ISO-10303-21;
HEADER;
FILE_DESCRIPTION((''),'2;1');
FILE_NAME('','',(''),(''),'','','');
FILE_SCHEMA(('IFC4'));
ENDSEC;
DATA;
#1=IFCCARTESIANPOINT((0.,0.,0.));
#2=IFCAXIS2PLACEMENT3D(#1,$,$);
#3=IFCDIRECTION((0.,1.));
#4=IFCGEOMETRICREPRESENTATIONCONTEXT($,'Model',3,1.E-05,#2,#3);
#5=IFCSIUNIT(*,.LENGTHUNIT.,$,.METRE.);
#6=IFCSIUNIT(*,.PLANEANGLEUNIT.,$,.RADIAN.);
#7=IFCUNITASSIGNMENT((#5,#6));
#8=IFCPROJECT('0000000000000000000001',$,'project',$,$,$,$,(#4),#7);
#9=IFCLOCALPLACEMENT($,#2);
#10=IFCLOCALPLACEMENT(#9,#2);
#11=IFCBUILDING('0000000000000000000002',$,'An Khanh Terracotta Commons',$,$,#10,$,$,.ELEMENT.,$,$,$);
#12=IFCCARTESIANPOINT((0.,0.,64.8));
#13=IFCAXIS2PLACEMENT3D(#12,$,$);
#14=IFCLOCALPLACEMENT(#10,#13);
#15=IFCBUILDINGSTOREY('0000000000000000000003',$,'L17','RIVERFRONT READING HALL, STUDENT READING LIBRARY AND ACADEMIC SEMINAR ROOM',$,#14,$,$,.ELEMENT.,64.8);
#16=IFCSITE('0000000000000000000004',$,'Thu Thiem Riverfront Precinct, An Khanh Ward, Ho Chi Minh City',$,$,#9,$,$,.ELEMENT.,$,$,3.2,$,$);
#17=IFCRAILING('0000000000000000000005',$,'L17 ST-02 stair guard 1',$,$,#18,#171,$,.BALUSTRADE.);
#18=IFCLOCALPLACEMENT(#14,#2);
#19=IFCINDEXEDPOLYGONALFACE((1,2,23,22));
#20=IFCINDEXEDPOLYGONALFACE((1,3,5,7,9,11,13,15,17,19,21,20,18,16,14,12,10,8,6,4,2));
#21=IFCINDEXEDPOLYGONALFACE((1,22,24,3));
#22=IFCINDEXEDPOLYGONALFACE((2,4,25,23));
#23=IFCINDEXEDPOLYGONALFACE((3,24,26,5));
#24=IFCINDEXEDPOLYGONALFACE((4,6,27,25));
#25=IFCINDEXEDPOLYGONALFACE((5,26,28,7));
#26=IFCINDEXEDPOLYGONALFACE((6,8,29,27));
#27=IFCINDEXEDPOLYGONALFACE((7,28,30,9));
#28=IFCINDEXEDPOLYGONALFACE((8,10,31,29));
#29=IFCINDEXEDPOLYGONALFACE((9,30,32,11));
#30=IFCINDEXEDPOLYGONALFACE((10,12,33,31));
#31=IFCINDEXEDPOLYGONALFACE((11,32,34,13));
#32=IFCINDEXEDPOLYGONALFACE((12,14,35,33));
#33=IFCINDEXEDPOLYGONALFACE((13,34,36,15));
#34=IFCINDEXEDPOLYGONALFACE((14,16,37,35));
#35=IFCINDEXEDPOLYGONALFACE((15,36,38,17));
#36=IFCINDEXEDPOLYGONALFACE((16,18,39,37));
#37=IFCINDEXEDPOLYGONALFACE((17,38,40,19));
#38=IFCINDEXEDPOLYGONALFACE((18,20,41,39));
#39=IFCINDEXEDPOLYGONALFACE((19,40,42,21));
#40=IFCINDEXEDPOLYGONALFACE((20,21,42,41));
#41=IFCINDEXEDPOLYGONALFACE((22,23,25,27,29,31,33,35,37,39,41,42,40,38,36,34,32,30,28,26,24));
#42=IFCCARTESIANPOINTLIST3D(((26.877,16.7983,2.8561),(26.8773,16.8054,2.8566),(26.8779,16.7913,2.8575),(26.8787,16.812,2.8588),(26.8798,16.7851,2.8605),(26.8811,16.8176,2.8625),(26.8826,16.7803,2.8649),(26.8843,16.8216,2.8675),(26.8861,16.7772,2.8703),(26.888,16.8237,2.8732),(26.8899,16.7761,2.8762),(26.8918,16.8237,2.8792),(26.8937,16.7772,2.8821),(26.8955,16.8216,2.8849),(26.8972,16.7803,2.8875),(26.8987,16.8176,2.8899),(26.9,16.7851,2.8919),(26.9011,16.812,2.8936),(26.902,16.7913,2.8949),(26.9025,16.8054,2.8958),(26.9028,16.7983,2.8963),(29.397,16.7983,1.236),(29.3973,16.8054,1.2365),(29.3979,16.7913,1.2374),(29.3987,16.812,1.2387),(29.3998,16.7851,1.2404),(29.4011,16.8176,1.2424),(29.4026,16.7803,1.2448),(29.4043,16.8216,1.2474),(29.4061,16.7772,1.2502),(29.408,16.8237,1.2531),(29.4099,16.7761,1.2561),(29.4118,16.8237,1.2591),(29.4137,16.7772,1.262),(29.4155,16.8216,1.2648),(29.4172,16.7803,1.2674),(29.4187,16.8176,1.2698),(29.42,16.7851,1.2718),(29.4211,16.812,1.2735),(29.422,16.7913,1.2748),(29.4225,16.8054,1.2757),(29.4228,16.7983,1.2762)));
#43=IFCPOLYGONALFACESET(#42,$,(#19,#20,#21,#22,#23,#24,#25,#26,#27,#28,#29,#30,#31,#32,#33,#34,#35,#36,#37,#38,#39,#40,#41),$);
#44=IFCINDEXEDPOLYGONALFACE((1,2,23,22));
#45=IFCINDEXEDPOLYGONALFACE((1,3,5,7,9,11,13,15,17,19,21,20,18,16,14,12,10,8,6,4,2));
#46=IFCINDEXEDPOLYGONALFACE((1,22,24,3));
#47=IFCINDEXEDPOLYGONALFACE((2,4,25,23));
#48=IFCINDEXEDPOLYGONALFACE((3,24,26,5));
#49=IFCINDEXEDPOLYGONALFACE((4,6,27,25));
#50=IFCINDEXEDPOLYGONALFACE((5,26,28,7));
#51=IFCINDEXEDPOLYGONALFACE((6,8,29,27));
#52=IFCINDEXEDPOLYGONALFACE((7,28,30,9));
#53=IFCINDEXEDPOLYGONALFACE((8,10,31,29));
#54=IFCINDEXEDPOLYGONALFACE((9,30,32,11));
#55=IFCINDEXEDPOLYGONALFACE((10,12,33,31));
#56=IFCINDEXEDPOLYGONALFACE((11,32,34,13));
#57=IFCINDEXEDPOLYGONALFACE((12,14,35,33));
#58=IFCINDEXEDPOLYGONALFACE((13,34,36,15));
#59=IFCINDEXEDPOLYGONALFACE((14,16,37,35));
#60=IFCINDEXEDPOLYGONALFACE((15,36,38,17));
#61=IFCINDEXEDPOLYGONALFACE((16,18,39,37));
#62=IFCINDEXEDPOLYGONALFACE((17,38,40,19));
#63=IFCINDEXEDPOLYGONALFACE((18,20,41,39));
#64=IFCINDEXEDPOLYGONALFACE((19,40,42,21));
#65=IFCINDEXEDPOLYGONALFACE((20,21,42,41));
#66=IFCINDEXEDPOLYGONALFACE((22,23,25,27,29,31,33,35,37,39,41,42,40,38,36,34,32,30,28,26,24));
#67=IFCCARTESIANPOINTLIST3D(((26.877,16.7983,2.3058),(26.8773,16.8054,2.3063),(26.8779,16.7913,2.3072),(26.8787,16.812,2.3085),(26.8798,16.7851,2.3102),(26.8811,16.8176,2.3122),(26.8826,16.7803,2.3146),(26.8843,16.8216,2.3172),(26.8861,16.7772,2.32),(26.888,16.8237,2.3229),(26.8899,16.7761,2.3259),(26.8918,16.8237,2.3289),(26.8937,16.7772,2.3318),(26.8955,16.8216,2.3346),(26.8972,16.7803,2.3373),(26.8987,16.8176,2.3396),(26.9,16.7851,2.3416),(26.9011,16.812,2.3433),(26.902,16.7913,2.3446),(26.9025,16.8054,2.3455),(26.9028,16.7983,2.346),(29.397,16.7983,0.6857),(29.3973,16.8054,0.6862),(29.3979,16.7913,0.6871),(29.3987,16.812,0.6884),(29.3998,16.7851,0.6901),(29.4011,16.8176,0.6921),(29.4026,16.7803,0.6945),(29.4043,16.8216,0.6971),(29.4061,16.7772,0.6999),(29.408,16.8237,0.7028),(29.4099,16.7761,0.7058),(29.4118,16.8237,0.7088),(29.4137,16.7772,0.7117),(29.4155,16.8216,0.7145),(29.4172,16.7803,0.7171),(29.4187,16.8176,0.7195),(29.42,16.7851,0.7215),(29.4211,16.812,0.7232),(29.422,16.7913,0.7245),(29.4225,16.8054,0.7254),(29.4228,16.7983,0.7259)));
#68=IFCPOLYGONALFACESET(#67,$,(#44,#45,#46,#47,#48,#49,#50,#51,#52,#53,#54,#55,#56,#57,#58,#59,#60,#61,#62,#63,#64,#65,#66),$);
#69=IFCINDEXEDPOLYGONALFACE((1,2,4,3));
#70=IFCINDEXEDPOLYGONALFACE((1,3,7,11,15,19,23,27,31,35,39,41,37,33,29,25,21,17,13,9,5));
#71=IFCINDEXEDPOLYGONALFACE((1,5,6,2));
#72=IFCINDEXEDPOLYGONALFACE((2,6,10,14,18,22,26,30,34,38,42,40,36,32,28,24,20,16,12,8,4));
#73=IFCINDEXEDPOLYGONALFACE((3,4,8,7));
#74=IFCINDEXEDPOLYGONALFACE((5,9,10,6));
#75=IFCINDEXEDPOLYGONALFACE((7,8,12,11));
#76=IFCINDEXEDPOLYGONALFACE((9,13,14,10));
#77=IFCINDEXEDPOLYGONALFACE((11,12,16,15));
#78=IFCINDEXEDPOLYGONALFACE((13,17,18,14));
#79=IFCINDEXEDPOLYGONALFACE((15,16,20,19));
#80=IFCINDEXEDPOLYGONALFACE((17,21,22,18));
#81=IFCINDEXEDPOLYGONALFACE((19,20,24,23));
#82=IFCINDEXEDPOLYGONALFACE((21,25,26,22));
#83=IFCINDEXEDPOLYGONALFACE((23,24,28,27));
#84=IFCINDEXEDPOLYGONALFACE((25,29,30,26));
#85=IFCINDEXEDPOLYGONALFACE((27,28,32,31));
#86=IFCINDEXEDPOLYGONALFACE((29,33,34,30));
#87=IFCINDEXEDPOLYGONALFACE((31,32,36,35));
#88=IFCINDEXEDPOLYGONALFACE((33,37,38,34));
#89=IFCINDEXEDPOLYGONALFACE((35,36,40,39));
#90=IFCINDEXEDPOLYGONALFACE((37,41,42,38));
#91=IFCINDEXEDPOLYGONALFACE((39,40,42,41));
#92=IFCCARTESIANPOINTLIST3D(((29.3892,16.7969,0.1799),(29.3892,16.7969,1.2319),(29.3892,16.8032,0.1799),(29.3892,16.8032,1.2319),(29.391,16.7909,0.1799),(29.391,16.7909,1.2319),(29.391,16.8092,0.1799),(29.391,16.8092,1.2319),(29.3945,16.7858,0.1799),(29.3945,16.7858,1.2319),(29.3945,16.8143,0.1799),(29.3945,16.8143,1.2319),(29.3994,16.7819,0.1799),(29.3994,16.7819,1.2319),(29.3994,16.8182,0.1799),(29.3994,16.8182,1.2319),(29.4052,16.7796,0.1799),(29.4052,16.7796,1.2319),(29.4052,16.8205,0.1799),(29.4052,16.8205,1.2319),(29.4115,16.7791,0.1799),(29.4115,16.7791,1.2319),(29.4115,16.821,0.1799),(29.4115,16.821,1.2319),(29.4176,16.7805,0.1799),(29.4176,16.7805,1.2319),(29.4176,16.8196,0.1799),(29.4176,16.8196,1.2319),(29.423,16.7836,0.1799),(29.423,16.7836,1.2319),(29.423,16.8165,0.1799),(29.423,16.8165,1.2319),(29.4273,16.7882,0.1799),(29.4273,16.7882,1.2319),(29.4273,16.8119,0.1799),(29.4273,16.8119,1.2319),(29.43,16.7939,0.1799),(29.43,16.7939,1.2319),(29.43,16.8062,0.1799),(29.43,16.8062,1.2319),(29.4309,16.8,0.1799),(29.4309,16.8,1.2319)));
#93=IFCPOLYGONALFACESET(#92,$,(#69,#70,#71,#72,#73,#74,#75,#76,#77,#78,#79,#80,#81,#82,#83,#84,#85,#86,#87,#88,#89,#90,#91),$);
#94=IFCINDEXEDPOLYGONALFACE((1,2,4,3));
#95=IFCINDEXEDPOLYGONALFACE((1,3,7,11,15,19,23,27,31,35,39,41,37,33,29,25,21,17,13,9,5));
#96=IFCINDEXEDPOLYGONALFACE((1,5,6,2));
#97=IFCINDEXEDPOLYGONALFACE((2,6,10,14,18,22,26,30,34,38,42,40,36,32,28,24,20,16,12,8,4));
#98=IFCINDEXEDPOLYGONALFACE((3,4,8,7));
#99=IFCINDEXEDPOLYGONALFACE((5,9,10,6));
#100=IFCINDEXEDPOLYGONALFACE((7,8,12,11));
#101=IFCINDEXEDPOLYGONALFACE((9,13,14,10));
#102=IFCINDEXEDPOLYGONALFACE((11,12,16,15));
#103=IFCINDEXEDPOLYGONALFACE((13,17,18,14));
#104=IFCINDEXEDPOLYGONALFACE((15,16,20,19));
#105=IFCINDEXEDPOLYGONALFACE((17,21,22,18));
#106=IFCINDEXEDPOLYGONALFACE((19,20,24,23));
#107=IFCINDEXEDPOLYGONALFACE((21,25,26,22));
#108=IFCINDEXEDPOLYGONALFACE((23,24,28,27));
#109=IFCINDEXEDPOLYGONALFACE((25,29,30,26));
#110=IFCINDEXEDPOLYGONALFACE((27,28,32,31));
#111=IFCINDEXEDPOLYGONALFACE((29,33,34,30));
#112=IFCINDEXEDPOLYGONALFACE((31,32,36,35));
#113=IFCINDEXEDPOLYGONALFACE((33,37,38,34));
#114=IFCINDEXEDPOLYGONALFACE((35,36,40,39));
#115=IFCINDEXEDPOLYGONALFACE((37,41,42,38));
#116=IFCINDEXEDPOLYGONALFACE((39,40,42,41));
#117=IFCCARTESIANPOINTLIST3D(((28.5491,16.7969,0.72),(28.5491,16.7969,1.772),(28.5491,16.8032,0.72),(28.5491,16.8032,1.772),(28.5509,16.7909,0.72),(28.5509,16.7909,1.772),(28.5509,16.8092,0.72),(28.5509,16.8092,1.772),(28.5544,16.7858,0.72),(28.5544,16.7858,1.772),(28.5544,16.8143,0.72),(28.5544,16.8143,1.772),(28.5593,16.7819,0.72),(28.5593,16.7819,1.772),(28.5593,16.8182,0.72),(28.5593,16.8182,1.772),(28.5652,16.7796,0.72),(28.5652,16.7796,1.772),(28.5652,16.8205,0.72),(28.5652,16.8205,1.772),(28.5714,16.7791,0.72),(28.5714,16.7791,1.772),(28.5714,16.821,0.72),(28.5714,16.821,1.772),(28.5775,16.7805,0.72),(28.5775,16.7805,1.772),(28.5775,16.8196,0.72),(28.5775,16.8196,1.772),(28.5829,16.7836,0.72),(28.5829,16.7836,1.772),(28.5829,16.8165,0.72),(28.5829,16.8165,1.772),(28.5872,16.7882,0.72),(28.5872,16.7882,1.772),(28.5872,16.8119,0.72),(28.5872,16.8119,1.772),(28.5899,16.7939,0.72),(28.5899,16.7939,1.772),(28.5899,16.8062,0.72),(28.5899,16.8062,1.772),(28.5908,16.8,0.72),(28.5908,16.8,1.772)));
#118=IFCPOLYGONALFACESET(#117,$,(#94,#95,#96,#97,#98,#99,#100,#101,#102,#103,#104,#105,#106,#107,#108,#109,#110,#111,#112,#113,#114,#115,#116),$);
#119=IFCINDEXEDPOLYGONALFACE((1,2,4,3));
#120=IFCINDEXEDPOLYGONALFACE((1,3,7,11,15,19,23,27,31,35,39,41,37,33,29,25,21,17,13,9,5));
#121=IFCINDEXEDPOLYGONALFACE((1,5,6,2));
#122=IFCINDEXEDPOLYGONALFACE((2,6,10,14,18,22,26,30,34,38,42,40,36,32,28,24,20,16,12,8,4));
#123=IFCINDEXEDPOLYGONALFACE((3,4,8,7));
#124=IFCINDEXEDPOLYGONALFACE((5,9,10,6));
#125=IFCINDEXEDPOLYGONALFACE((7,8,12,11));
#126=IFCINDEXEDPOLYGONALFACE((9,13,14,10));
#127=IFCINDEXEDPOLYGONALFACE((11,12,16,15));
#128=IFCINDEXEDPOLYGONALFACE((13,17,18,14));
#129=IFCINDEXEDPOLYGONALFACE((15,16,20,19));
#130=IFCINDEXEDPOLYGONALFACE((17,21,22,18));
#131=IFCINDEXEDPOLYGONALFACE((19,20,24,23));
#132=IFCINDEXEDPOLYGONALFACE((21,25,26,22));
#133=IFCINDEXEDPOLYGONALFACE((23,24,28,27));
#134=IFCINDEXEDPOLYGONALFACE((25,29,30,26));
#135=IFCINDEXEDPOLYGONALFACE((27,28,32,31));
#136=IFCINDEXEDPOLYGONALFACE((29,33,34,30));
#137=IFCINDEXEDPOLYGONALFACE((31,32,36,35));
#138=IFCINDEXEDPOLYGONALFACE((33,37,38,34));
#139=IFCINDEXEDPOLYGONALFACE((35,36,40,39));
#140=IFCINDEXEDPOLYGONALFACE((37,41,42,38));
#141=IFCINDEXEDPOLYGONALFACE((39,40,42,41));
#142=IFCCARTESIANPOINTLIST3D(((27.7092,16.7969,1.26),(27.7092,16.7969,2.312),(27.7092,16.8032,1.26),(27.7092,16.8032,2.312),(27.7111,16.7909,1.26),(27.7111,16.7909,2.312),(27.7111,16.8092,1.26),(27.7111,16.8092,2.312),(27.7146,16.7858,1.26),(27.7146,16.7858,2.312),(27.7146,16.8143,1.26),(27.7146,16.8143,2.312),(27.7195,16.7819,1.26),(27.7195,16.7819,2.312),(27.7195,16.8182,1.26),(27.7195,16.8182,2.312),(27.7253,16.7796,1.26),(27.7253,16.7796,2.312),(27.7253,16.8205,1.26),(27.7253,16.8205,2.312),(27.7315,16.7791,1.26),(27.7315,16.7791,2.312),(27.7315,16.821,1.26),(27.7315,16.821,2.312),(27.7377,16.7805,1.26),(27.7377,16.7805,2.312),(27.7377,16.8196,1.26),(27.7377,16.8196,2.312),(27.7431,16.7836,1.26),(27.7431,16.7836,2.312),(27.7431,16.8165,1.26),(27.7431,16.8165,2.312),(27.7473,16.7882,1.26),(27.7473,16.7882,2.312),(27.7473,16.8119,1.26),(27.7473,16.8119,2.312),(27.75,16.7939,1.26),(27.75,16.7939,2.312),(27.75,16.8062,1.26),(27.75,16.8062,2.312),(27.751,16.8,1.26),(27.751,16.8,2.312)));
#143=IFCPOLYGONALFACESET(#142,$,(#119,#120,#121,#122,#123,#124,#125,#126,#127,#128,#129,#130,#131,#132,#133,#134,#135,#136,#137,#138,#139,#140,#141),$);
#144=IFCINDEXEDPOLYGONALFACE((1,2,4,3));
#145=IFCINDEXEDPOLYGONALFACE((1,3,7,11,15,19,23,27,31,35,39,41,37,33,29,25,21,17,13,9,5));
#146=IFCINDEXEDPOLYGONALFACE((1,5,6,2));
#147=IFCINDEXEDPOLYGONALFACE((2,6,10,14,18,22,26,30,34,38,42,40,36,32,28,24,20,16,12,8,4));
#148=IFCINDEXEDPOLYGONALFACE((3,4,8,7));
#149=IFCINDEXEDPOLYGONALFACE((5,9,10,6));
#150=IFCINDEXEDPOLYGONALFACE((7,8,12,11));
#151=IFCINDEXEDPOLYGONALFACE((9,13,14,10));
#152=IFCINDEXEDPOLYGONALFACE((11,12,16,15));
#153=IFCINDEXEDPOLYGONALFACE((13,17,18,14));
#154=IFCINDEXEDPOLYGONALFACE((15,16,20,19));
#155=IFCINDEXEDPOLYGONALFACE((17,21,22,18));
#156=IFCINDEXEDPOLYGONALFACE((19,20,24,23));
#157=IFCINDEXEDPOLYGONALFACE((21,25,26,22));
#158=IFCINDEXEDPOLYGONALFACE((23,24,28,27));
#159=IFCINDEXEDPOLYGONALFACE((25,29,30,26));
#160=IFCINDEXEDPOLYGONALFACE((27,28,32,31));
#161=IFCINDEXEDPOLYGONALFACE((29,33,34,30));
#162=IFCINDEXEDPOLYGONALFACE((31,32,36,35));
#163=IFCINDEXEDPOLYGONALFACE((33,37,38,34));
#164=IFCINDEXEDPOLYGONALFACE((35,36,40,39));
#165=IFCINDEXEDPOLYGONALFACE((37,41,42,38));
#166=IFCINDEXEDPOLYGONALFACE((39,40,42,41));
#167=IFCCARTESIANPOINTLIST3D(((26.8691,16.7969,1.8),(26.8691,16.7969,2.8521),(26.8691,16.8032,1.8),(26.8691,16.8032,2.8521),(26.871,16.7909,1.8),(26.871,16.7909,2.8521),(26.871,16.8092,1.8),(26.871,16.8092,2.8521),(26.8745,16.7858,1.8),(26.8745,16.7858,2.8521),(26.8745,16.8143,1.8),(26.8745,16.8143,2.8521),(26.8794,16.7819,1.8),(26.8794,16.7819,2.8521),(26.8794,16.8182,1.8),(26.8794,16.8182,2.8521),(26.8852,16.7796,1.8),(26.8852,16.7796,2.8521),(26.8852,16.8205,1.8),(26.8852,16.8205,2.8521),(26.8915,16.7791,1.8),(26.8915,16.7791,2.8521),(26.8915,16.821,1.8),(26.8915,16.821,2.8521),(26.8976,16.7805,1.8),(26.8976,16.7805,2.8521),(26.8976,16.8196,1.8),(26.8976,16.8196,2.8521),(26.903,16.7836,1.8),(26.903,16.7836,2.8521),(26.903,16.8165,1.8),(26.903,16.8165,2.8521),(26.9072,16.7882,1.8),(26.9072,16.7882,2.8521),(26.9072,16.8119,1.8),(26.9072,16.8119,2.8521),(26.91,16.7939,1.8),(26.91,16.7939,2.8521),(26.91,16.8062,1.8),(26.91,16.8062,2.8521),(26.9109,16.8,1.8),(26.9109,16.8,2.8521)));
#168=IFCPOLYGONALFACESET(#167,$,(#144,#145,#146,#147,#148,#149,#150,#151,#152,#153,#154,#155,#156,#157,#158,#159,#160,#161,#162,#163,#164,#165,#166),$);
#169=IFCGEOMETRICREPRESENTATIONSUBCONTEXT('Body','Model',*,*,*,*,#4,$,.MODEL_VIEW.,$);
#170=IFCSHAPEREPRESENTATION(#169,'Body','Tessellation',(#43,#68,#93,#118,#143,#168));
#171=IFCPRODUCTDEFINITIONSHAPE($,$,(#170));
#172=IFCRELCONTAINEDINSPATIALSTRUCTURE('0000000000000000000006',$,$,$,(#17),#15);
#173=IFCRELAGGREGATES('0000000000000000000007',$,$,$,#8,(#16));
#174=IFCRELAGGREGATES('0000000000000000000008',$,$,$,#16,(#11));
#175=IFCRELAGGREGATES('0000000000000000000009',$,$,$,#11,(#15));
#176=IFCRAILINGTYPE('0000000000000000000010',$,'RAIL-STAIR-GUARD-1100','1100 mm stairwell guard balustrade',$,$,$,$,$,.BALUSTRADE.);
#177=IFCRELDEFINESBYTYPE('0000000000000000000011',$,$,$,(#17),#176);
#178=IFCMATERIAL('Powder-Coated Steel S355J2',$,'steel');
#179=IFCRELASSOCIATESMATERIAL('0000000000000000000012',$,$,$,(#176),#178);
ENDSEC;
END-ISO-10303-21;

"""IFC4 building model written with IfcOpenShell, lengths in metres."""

from ifc_helpers import new_model, si_unit, direction, frame, origin, origin_2d, place, context, subcontext, project, spatial, circle, extrude, material, type_object, element, save


model = new_model("IFC4")

# Units and contexts
model_context = context("Model", 3, precision=1e-05, world=origin(), true_north=direction((0.0, 1.0)))
body_context = subcontext(model_context, "Body", "Model", "MODEL_VIEW")
ifc_project = project(units=[si_unit("LENGTHUNIT", "METRE"), si_unit("PLANEANGLEUNIT", "RADIAN")], contexts=[model_context])

# Site, building, storey
site_placement = place(None, origin())
site = spatial("IfcSite", under=ifc_project, at=site_placement, Name="Thu Thiem Riverfront Precinct, An Khanh Ward, Ho Chi Minh City", CompositionType="ELEMENT", RefElevation=3.2)
building_placement = place(site_placement, origin())
building = spatial("IfcBuilding", under=site, at=building_placement, Name="An Khanh Terracotta Commons", CompositionType="ELEMENT")
storey_placement = place(building_placement, frame((0.0, 0.0, 64.8)))
storey = spatial("IfcBuildingStorey", under=building, at=storey_placement, Name="L17", Description="RIVERFRONT READING HALL, STUDENT READING LIBRARY AND ACADEMIC SEMINAR ROOM", CompositionType="ELEMENT", Elevation=64.8)

# Railing
ifc_material_1 = material(Name="Powder-Coated Steel S355J2", Category="steel")
railing_type_1 = type_object("IfcRailingType", Name="RAIL-STAIR-GUARD-1100", Description="1100 mm stairwell guard balustrade", PredefinedType="BALUSTRADE", material=ifc_material_1)
railing_1_placement = place(storey_placement, frame((29.4099, 16.8, 0.1799)))
element("IfcRailing", 1, at=railing_1_placement, inside=storey, type_object=railing_type_1, Name="L17 ST-02 stair guard 1", PredefinedType="BALUSTRADE", context=body_context, shape_type="SweptSolid", body=[
    extrude(circle(Radius=0.0239, at=origin_2d()), frame((0.0, 0.0, 1.0762), z_axis=(-0.841163, 0.0, 0.540782), x_axis=(0.0, -1.0, 0.0)), (0.0, 0.0, 1.0), 2.9958),
    extrude(circle(Radius=0.0239, at=origin_2d()), frame((0.0, 0.0, 0.5259), z_axis=(-0.841163, 0.0, 0.540782), x_axis=(0.0, -1.0, 0.0)), (0.0, 0.0, 1.0), 2.9958),
    extrude(circle(Radius=0.021, at=origin_2d()), origin(), (0.0, 0.0, 1.0), 1.052),
    extrude(circle(Radius=0.021, at=origin_2d()), frame((-0.8401, 0.0, 0.54)), (0.0, 0.0, 1.0), 1.052),
    extrude(circle(Radius=0.021, at=origin_2d()), frame((-1.6799, 0.0, 1.0801)), (0.0, 0.0, 1.0), 1.052),
    extrude(circle(Radius=0.021, at=origin_2d()), frame((-2.52, 0.0, 1.6201)), (0.0, 0.0, 1.0), 1.052),
])

save(model, "model.ifc")
